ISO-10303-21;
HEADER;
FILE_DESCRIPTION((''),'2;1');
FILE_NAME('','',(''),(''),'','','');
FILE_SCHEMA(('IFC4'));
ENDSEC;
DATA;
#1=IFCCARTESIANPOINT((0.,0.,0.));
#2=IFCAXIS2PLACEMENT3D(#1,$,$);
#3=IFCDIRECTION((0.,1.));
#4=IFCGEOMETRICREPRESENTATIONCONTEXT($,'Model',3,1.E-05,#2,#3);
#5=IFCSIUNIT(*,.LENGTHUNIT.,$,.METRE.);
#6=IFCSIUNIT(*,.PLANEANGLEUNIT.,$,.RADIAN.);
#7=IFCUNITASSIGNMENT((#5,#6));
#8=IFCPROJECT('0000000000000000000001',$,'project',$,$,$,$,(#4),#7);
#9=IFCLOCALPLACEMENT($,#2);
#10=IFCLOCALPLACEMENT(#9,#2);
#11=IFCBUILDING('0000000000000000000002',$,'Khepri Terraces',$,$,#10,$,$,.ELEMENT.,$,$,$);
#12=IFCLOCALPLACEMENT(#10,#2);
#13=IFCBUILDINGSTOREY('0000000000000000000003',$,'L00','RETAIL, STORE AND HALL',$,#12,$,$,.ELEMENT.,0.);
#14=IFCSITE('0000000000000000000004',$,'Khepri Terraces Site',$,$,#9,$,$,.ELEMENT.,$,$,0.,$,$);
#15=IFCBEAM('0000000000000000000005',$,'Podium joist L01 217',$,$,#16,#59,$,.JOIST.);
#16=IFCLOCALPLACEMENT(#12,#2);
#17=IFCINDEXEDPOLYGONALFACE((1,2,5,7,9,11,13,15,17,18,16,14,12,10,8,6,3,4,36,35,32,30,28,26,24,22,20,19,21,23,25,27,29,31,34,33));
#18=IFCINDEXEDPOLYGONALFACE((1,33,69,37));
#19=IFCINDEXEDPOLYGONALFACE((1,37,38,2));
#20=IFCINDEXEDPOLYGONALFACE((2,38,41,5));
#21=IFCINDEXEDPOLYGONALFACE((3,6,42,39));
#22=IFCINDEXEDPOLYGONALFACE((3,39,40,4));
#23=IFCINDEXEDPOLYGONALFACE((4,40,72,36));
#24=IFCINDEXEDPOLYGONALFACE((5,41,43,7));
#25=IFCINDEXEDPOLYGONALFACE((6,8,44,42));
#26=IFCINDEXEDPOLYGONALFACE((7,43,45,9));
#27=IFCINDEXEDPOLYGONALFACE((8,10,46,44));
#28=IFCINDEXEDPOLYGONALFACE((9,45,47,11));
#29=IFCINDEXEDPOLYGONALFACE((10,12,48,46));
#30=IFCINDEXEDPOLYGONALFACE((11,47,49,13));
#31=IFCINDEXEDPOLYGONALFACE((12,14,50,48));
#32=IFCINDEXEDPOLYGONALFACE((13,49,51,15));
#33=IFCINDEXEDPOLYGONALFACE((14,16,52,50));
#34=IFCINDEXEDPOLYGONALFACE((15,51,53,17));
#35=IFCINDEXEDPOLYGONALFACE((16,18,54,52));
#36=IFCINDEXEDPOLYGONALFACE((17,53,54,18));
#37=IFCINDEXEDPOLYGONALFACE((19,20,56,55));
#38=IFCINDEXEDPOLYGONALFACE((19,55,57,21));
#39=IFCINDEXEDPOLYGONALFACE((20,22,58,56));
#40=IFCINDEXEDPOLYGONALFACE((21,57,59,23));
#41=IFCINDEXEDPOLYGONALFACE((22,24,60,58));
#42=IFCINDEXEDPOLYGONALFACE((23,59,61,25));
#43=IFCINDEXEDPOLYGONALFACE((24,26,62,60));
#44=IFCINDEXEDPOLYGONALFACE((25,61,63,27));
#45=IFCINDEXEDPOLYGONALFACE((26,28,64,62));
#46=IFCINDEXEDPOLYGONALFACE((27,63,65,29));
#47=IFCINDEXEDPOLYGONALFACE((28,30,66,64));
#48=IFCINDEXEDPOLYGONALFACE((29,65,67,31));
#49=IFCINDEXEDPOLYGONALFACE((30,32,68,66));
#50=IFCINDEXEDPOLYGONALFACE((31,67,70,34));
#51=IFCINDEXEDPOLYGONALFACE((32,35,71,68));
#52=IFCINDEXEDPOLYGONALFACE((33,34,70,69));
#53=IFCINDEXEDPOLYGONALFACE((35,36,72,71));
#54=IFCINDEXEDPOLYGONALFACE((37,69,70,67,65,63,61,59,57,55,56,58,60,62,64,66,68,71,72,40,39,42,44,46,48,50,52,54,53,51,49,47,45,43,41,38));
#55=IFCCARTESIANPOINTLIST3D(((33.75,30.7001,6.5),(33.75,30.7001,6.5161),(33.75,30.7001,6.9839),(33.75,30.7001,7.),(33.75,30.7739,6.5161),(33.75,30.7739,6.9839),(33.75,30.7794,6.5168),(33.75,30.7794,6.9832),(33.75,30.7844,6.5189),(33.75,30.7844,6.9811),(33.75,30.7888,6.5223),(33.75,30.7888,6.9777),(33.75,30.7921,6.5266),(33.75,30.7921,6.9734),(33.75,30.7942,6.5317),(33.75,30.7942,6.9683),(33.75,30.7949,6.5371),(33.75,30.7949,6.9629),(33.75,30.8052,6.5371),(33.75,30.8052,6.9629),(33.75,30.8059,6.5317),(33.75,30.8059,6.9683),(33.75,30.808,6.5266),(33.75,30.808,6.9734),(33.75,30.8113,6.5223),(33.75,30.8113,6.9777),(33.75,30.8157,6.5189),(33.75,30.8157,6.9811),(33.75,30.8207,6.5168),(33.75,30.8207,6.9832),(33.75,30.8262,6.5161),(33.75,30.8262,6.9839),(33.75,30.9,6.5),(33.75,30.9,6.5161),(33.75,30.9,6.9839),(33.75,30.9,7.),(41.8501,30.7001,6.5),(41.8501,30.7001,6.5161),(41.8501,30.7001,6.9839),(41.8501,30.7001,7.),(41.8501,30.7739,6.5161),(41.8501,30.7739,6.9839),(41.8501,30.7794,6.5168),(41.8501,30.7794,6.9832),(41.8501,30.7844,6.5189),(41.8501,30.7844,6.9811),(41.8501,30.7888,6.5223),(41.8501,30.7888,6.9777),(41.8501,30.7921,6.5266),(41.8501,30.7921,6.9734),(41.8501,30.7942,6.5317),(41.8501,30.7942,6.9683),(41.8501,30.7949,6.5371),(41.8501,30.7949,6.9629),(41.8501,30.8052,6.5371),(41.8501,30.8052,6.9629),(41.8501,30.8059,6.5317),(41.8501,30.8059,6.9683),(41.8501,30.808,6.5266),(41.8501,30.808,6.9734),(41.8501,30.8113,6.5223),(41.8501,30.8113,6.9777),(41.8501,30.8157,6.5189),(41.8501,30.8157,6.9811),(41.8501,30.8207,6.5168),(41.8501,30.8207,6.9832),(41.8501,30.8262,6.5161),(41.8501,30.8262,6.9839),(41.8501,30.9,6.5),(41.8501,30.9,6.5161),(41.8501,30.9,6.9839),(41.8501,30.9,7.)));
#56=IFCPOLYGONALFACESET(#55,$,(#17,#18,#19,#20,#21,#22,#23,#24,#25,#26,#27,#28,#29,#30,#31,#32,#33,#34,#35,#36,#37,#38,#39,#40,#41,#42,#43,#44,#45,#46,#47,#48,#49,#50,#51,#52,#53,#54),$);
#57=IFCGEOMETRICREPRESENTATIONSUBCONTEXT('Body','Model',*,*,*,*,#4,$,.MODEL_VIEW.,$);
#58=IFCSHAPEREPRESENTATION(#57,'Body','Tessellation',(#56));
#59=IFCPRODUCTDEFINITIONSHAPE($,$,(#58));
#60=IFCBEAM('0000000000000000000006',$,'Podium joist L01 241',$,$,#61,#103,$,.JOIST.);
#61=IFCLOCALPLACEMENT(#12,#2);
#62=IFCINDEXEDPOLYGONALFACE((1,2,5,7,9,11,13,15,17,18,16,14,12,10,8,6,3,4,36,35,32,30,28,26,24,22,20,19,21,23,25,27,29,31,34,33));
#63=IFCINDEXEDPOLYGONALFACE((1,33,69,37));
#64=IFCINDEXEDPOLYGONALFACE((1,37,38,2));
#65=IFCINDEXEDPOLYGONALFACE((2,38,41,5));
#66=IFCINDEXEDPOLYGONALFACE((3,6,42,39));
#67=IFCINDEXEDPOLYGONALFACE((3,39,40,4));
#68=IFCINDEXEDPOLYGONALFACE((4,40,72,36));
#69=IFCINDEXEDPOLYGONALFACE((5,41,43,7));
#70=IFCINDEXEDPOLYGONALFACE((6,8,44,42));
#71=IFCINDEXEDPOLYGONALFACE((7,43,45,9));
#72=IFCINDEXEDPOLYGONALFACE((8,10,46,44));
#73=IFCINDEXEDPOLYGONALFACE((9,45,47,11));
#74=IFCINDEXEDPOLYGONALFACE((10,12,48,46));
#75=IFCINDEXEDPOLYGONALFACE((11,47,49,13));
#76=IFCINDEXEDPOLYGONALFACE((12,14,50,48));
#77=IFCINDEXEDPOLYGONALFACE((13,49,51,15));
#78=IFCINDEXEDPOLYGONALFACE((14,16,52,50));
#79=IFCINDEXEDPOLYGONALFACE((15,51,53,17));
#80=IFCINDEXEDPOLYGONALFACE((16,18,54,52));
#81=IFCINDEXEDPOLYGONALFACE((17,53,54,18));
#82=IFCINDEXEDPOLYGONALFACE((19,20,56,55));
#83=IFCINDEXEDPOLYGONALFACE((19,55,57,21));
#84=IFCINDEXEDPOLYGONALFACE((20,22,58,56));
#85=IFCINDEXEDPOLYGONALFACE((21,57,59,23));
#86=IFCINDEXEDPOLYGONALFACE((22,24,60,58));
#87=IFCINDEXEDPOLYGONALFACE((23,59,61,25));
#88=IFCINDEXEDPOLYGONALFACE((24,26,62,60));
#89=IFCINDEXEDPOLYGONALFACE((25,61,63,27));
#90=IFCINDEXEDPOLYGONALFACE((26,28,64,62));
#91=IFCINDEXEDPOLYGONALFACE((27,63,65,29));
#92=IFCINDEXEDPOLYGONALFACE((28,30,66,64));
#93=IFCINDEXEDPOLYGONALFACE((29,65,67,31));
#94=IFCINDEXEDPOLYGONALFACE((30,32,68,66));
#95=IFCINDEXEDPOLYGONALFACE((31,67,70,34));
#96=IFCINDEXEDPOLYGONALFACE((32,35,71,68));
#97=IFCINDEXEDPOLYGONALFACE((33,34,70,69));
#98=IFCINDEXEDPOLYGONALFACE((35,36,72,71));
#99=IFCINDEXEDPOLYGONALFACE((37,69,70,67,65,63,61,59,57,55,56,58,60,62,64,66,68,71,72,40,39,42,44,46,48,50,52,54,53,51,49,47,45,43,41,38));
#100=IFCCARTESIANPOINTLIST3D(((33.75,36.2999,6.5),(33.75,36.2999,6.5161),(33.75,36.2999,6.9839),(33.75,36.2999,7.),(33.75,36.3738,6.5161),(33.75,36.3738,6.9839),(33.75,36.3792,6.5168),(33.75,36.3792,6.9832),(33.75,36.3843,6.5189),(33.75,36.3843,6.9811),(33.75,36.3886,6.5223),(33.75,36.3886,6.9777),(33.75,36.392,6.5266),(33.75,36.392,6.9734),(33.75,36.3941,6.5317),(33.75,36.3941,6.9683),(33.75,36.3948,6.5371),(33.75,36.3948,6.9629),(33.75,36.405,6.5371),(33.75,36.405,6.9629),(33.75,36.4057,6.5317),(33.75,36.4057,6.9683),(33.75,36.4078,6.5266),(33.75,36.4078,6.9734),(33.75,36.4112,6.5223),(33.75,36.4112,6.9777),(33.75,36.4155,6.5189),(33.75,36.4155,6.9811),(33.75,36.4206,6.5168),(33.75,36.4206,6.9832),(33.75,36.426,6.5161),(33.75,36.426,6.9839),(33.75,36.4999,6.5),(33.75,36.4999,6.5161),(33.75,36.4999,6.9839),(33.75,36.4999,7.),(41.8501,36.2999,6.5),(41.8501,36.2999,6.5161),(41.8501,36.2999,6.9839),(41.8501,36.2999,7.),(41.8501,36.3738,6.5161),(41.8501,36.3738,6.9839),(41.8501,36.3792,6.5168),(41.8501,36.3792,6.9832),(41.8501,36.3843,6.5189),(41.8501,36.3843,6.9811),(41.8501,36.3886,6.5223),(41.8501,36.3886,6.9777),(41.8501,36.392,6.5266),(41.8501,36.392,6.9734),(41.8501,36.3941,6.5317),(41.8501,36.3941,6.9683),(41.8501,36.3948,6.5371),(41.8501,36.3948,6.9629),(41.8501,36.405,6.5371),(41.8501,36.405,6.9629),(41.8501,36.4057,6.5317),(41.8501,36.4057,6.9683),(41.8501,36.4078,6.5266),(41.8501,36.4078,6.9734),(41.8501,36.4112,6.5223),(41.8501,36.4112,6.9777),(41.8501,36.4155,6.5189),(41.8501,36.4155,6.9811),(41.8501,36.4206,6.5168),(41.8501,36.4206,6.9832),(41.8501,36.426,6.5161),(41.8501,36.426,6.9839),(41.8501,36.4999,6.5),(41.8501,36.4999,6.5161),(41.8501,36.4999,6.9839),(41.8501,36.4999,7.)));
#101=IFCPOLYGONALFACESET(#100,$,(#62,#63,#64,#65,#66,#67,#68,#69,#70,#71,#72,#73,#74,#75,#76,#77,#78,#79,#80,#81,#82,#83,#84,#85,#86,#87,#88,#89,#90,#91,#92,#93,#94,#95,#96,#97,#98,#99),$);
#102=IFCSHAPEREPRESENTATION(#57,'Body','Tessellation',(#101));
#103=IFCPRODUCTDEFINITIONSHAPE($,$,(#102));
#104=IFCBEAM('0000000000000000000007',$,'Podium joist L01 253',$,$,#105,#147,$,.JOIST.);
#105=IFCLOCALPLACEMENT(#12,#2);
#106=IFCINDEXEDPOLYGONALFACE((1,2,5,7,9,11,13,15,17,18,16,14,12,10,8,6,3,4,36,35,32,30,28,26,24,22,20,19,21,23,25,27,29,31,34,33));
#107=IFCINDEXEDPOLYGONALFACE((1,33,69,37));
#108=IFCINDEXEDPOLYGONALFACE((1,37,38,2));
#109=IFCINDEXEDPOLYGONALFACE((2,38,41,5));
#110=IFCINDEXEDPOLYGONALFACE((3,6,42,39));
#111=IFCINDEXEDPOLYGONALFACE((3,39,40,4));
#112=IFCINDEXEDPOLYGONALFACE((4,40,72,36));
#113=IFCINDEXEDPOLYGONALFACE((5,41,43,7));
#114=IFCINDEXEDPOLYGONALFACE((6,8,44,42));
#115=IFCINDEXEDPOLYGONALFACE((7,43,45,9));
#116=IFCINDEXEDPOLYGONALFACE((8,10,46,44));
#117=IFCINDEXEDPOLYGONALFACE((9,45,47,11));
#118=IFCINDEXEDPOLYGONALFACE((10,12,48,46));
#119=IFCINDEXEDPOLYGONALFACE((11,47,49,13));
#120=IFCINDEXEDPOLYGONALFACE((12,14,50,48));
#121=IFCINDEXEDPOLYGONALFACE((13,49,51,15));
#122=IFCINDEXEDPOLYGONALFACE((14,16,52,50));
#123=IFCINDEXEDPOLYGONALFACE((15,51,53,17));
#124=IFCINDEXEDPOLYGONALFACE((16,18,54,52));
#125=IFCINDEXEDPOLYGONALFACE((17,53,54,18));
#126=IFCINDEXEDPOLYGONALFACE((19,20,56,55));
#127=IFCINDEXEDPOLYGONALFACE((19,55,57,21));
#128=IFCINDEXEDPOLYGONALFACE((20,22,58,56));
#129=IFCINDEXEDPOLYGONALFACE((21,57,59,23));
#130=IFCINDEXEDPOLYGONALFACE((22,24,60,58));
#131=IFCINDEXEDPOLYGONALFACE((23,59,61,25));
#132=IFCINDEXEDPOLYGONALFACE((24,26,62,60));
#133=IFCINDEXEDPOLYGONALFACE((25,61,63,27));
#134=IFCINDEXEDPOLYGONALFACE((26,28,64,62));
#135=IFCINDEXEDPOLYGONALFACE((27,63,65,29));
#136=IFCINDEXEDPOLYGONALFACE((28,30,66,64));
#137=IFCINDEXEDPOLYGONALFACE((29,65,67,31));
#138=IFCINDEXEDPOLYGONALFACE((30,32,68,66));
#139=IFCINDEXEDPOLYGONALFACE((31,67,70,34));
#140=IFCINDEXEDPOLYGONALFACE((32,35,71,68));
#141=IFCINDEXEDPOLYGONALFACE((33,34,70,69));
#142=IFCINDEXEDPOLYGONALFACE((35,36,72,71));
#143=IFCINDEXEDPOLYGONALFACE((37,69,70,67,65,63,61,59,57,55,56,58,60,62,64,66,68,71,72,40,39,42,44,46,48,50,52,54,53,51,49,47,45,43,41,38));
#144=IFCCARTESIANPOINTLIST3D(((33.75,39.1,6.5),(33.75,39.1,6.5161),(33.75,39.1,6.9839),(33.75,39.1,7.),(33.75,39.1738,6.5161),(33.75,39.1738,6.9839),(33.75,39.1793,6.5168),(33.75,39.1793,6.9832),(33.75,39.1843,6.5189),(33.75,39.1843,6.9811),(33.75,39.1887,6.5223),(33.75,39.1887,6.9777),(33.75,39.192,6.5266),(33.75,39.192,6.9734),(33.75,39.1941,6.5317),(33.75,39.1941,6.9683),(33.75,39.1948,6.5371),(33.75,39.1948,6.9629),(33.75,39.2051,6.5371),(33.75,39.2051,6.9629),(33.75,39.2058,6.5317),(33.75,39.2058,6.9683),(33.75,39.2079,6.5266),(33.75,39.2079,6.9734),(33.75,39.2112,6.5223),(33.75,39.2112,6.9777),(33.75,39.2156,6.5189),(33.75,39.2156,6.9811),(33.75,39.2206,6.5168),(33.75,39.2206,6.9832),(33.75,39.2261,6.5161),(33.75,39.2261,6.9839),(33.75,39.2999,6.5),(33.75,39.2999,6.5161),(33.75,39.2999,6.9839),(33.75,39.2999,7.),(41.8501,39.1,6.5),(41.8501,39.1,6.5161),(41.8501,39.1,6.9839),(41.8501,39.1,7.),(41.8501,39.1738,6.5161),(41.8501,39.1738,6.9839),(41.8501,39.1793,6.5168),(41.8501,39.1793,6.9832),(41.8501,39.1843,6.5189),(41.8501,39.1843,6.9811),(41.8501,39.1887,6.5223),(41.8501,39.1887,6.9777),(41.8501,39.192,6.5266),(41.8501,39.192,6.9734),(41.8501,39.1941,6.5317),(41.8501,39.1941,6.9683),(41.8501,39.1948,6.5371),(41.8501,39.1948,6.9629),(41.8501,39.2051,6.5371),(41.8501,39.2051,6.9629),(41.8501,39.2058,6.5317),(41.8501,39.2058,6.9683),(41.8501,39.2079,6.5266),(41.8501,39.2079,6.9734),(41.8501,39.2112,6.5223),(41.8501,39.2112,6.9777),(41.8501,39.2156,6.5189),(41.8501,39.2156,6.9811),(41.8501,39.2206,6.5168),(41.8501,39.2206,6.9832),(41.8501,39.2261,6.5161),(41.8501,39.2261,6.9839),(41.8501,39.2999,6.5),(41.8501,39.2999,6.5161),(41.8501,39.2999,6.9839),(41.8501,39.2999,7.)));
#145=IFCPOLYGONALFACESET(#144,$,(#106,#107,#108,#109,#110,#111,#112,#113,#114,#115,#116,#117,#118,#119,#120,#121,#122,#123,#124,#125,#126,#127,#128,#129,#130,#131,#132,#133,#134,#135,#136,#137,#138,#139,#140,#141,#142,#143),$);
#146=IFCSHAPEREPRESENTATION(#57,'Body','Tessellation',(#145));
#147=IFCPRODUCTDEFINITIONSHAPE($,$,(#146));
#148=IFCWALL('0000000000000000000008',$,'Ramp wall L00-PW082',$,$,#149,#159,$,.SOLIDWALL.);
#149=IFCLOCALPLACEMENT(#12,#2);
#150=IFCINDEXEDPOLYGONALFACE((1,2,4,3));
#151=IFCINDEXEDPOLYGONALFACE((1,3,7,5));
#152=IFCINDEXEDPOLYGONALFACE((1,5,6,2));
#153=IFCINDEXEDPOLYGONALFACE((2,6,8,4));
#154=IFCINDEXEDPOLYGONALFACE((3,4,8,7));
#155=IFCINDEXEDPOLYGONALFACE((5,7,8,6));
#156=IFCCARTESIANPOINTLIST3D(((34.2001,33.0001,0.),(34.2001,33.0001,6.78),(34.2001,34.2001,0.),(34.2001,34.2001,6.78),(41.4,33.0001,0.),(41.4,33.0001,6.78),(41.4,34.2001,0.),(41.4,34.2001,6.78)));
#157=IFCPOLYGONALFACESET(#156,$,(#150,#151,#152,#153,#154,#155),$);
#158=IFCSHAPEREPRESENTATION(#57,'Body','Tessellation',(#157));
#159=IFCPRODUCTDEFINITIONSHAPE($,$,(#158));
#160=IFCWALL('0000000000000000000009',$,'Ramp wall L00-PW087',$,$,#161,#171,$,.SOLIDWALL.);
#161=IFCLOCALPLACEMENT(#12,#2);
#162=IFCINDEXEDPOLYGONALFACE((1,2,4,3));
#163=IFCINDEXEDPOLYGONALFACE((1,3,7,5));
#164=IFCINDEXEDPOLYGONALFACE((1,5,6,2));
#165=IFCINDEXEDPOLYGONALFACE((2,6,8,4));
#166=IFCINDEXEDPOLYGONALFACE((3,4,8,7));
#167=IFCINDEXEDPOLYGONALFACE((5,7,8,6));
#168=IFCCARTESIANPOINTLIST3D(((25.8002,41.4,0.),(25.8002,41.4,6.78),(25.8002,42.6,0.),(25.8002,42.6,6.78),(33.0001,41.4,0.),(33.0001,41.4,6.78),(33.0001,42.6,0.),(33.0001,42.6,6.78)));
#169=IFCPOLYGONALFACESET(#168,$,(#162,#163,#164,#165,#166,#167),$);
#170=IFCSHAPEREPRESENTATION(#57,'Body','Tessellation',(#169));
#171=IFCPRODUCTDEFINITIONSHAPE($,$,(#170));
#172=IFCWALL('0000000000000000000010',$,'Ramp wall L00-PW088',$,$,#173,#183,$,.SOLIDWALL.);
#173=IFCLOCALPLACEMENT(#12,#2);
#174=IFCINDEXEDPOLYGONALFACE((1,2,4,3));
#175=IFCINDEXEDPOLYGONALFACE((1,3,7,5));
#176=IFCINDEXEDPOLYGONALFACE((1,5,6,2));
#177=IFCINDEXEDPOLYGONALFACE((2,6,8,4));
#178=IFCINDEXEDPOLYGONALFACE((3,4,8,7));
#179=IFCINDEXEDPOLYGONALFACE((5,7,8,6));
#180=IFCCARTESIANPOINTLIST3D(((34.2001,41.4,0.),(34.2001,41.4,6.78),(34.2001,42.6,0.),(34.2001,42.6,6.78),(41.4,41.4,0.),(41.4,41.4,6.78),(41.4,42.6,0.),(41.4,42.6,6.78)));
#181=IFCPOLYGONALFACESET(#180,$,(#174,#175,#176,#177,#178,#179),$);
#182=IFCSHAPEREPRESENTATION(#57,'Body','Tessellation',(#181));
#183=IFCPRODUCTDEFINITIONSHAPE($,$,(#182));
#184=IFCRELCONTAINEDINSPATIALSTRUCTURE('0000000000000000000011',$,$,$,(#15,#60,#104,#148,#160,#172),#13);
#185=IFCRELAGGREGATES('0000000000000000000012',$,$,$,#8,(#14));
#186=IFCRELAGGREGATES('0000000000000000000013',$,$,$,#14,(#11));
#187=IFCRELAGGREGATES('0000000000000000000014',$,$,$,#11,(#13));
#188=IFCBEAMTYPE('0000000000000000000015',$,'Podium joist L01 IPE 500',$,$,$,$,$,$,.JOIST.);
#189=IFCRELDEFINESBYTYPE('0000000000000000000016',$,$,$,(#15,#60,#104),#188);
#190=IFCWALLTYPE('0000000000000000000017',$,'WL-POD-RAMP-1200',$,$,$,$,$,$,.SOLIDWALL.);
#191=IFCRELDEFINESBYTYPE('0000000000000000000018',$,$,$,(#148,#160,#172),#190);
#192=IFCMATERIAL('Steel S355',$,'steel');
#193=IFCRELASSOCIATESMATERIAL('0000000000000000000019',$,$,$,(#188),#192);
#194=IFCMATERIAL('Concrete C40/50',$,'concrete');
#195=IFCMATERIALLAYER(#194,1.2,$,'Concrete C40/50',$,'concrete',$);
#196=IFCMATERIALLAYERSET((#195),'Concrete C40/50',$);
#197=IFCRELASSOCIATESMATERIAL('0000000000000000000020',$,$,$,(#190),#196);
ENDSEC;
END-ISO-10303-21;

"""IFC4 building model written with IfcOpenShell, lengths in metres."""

from ifc_helpers import new_model, si_unit, direction, frame, frame_2d, origin, origin_2d, place, context, subcontext, project, spatial, rectangle, i_section, extrude, material, layer, layer_set, material_profile, profile_set, type_object, element, save


model = new_model("IFC4")

# Units and contexts
model_context = context("Model", 3, precision=1e-05, world=origin(), true_north=direction((0.0, 1.0)))
body_context = subcontext(model_context, "Body", "Model", "MODEL_VIEW")
ifc_project = project(units=[si_unit("LENGTHUNIT", "METRE"), si_unit("PLANEANGLEUNIT", "RADIAN")], contexts=[model_context])

# Site, building, storey
site_placement = place(None, origin())
site = spatial("IfcSite", under=ifc_project, at=site_placement, Name="Khepri Terraces Site", CompositionType="ELEMENT", RefElevation=0.0)
building_placement = place(site_placement, origin())
building = spatial("IfcBuilding", under=site, at=building_placement, Name="Khepri Terraces", CompositionType="ELEMENT")
storey_placement = place(building_placement, origin())
storey = spatial("IfcBuildingStorey", under=building, at=storey_placement, Name="L00", Description="RETAIL, STORE AND HALL", CompositionType="ELEMENT", Elevation=0.0)

# Beams
ifc_material_1 = material(Name="Steel S355", Category="steel")
ifc_material_profile_1 = material_profile(ifc_material_1, i_section(OverallWidth=0.2, OverallDepth=0.5, WebThickness=0.0103, FlangeThickness=0.0161, FilletRadius=0.021, at=origin_2d()), Name="Steel S355", Category="steel")
ifc_profile_set_1 = profile_set([ifc_material_profile_1], Name="Steel S355")
beam_type_1 = type_object("IfcBeamType", Name="Podium joist L01 IPE 500", PredefinedType="JOIST", material=ifc_profile_set_1)
for number, where, z_axis, x_axis, name in (
    (1, (33.75, 30.8, 6.75), (1.0, 0.0, 0.0), (0.0, 1.0, 0.0), "Podium joist L01 217"),
    (2, (33.75, 36.3999, 6.75), (1.0, 0.0, 0.0), (0.0, 1.0, 0.0), "Podium joist L01 241"),
    (3, (33.75, 39.2, 6.75), (1.0, 0.0, 0.0), (0.0, 1.0, 0.0), "Podium joist L01 253"),
):
    element("IfcBeam", number, at=place(storey_placement, frame(where, z_axis=z_axis, x_axis=x_axis)), inside=storey, type_object=beam_type_1, Name=name, PredefinedType="JOIST", context=body_context, shape_type="SweptSolid", body=[
        extrude(i_section(OverallWidth=0.2, OverallDepth=0.5, WebThickness=0.0103, FlangeThickness=0.0161, FilletRadius=0.021, at=origin_2d()), origin(), (0.0, 0.0, 1.0), 8.1001),
    ])

# Walls
ifc_material_2 = material(Name="Concrete C40/50", Category="concrete")
ifc_layer = layer(ifc_material_2, 1.2, Name="Concrete C40/50", Category="concrete")
ifc_layer_set = layer_set([ifc_layer], Name="Concrete C40/50")
wall_type = type_object("IfcWallType", Name="WL-POD-RAMP-1200", PredefinedType="SOLIDWALL", material=ifc_layer_set)
for number, where, z_axis, x_axis, name in (
    (4, (34.2, 33.6001, 0.0), (0.0, 0.0, 1.0), (1.0, 0.0, 0.0), "Ramp wall L00-PW082"),
    (5, (25.8, 42.0, 0.0), (0.0, 0.0, 1.0), (1.0, 0.0, 0.0), "Ramp wall L00-PW087"),
    (6, (34.2, 42.0, 0.0), (0.0, 0.0, 1.0), (1.0, 0.0, 0.0), "Ramp wall L00-PW088"),
):
    element("IfcWall", number, at=place(storey_placement, frame(where, z_axis=z_axis, x_axis=x_axis)), inside=storey, type_object=wall_type, Name=name, PredefinedType="SOLIDWALL", context=body_context, shape_type="SweptSolid", body=[
        extrude(rectangle(XDim=7.2, YDim=1.2, at=frame_2d((3.6001, 0.0))), origin(), (0.0, 0.0, 1.0), 6.78),
    ])

save(model, "model.ifc")
